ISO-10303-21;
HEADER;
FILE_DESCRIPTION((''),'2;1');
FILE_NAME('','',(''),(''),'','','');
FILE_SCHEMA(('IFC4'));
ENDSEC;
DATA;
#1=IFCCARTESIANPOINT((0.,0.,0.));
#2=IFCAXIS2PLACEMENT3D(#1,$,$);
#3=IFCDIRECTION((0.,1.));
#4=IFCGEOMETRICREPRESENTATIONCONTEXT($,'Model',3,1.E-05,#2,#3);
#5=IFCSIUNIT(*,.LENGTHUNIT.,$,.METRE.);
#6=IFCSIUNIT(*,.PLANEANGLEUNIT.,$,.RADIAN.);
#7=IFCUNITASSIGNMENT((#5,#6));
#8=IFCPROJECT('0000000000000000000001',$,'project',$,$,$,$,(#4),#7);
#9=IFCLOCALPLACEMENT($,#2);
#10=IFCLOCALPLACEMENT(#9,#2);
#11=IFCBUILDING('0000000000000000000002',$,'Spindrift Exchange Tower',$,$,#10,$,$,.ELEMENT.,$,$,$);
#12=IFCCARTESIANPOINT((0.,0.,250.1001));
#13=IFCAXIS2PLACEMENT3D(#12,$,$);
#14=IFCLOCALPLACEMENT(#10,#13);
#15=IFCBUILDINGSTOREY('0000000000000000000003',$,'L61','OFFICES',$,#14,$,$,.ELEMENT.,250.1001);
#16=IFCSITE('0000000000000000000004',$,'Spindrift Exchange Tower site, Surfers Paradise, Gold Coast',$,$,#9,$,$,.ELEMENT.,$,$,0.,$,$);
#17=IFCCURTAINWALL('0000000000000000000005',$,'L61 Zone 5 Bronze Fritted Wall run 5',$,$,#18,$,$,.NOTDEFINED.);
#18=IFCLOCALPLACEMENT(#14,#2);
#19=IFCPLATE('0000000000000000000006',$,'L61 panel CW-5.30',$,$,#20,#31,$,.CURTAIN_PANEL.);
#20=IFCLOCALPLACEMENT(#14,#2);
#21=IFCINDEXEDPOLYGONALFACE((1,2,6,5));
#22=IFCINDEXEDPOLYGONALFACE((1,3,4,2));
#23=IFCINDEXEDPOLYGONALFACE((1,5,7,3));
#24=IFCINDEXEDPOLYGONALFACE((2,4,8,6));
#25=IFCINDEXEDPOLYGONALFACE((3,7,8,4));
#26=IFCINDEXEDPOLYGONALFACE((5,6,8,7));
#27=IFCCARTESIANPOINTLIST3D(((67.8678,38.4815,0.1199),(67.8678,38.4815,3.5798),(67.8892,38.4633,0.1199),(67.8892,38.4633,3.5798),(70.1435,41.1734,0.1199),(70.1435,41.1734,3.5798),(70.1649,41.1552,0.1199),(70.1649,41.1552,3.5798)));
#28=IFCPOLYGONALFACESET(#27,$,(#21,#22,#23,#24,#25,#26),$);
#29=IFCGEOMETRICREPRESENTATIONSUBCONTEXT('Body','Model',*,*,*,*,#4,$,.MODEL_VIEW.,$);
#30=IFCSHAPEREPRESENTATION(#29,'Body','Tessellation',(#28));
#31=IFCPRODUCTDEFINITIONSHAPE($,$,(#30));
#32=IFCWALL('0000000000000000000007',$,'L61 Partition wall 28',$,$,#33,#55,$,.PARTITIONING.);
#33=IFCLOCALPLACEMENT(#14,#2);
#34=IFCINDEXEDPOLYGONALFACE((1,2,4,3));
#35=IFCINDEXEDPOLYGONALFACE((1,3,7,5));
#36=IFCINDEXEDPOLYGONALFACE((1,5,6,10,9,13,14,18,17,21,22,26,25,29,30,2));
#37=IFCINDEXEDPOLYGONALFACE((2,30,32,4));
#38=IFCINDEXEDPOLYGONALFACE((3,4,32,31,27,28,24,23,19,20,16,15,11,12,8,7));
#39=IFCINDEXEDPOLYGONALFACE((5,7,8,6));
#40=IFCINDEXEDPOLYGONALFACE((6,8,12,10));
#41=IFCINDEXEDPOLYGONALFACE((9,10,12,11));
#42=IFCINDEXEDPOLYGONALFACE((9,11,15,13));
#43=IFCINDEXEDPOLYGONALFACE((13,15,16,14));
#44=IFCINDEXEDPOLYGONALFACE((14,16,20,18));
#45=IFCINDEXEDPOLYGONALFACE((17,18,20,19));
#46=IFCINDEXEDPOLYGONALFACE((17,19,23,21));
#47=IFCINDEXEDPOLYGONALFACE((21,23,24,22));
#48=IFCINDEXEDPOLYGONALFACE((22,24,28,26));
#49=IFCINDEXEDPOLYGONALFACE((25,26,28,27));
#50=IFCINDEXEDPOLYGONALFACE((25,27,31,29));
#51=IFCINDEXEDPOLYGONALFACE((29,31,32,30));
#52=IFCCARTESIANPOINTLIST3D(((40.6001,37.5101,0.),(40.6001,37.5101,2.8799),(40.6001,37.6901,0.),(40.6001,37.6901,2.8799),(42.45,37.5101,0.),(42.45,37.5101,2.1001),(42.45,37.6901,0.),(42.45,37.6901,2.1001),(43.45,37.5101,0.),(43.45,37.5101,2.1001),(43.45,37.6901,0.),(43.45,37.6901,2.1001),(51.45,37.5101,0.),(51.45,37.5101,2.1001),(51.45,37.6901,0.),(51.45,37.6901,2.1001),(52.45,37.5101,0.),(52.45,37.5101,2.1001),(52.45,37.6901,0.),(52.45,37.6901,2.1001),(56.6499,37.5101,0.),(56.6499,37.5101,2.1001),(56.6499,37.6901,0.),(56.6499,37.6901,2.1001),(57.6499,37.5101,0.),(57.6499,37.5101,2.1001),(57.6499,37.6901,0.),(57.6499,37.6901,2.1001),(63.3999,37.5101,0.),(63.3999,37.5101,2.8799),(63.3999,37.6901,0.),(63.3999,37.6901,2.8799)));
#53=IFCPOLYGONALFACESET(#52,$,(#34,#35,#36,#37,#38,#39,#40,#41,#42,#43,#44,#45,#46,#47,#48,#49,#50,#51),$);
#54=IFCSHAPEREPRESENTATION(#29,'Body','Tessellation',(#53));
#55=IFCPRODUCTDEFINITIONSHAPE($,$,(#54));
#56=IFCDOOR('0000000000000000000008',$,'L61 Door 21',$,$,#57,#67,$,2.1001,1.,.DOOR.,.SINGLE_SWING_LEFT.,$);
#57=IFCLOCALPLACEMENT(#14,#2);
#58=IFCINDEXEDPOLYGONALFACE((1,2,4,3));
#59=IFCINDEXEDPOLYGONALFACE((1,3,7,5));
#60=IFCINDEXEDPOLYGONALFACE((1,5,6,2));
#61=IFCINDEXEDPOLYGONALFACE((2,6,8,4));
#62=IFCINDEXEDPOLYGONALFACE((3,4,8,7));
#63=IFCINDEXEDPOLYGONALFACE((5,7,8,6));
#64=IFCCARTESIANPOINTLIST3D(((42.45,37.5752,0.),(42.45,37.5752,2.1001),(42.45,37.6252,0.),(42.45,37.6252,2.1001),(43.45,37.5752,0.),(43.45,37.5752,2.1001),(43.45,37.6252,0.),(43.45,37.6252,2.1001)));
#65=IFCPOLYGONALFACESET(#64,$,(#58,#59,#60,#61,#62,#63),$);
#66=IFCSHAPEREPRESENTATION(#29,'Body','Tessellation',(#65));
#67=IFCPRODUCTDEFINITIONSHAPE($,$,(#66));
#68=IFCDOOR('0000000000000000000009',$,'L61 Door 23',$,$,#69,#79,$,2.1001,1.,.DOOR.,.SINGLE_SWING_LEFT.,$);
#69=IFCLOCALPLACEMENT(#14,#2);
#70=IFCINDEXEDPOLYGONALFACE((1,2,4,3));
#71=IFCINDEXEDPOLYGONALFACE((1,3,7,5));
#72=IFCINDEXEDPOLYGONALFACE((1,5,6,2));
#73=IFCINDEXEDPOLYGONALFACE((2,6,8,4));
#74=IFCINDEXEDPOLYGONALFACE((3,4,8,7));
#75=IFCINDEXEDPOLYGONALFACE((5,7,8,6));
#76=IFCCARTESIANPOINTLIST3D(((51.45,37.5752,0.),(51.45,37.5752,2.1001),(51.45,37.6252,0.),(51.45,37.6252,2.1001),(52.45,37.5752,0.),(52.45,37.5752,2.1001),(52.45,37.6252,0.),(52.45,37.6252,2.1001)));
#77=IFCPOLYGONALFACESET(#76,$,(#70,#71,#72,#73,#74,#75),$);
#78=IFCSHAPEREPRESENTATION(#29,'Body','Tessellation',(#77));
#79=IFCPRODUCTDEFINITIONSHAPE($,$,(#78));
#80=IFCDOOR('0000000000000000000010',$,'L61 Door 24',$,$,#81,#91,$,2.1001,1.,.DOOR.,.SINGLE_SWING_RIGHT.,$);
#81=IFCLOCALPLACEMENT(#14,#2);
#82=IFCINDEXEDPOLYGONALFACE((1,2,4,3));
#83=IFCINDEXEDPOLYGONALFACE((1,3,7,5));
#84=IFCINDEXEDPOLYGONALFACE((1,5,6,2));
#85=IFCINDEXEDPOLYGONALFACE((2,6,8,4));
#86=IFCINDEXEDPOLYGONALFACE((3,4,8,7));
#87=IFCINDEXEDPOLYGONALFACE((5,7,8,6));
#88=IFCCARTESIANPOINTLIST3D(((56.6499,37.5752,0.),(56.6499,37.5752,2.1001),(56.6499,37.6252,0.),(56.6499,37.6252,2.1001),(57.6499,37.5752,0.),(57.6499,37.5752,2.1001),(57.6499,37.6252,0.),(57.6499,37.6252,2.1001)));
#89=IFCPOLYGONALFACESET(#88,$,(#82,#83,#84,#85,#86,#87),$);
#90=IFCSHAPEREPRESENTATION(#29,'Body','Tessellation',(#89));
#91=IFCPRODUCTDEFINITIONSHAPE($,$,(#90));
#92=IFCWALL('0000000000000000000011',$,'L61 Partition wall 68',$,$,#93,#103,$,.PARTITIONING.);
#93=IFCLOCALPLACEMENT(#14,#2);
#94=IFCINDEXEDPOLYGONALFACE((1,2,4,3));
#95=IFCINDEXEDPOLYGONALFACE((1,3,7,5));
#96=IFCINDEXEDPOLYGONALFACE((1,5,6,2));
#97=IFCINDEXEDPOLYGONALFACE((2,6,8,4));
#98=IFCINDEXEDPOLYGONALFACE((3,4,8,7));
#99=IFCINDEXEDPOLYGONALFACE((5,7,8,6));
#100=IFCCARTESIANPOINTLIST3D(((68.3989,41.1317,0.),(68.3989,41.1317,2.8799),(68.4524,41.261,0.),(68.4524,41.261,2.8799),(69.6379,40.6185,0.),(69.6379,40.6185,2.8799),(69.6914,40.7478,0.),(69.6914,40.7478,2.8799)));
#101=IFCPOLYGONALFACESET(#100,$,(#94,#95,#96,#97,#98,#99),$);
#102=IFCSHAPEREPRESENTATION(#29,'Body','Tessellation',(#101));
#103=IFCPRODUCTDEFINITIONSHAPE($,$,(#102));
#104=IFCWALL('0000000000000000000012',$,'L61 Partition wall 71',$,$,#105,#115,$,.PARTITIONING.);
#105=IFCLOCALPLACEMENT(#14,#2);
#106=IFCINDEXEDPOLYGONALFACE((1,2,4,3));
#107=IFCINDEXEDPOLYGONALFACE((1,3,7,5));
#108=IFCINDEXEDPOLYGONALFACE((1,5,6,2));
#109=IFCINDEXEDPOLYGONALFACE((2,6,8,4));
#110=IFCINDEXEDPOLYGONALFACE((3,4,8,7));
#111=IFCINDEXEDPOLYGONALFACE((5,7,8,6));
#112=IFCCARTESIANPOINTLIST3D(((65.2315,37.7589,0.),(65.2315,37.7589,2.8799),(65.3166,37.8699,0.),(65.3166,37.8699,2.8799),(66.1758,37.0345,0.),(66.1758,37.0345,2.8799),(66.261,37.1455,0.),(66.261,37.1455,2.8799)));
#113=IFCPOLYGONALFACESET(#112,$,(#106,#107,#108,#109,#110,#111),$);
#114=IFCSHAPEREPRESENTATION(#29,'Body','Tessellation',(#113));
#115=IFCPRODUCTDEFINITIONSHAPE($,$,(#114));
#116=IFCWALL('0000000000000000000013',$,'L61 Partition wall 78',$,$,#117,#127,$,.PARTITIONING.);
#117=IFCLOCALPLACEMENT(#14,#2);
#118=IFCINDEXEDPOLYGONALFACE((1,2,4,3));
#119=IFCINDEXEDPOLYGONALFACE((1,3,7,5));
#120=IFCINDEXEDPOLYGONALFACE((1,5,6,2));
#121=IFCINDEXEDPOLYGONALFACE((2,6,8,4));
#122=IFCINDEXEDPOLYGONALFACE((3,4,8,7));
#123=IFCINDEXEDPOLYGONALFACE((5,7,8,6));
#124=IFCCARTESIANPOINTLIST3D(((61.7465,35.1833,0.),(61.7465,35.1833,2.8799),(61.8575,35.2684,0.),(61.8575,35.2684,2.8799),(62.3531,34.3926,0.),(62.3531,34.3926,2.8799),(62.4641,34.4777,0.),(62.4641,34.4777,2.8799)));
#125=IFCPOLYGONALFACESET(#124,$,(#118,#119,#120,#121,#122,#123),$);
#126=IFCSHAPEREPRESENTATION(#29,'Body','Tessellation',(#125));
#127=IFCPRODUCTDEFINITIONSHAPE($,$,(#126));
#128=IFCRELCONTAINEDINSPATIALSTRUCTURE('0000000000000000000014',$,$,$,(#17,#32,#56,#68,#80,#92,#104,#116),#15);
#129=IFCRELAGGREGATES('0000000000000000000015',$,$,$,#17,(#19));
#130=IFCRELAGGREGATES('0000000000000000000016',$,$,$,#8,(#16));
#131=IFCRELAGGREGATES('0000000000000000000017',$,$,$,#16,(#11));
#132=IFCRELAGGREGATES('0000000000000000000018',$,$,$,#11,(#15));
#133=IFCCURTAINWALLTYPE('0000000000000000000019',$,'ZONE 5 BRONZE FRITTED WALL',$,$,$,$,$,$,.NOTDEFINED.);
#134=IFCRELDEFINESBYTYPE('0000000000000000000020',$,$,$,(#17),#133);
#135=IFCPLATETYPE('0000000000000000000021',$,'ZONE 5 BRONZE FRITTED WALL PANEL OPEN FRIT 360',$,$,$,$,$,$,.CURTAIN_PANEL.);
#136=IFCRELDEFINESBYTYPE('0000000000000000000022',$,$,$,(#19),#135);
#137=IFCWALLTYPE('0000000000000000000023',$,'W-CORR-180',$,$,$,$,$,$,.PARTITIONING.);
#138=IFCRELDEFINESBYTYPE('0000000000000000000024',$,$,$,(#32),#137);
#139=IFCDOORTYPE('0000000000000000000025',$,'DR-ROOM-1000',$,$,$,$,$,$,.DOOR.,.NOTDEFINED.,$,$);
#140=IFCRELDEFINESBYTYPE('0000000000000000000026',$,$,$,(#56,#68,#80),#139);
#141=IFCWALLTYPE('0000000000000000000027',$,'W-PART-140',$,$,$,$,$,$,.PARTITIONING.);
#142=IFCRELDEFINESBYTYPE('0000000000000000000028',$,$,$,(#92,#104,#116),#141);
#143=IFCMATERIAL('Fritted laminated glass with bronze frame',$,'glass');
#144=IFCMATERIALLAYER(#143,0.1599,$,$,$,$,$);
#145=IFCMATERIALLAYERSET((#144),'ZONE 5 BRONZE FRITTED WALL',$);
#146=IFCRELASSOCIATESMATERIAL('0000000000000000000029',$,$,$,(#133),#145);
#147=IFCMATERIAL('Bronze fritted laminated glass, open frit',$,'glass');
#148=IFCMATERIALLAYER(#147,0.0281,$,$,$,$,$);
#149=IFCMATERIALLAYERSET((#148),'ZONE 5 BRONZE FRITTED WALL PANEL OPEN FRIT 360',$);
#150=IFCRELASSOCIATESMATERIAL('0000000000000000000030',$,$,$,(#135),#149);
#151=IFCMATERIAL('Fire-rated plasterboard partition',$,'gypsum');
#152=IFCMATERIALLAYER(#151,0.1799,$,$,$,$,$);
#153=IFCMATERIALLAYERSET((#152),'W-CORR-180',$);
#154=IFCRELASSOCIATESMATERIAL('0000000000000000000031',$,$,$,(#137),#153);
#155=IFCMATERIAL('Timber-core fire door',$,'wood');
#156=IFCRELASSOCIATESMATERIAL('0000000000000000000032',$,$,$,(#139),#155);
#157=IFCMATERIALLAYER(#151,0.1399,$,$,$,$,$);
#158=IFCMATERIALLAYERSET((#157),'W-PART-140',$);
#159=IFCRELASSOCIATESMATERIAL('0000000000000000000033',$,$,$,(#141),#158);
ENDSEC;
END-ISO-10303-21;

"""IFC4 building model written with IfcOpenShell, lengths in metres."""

from ifc_helpers import new_model, si_unit, direction, frame, frame_2d, origin, origin_2d, place, context, subcontext, project, spatial, rectangle, extrude, source, transform, mapped, material, layer, layer_set, type_object, element, fill, aggregate, save


model = new_model("IFC4")

# Units and contexts
model_context = context("Model", 3, precision=1e-05, world=origin(), true_north=direction((0.0, 1.0)))
body_context = subcontext(model_context, "Body", "Model", "MODEL_VIEW")
ifc_project = project(units=[si_unit("LENGTHUNIT", "METRE"), si_unit("PLANEANGLEUNIT", "RADIAN")], contexts=[model_context])

# Site, building, storey
site_placement = place(None, origin())
site = spatial("IfcSite", under=ifc_project, at=site_placement, Name="Spindrift Exchange Tower site, Surfers Paradise, Gold Coast", CompositionType="ELEMENT", RefElevation=0.0)
building_placement = place(site_placement, origin())
building = spatial("IfcBuilding", under=site, at=building_placement, Name="Spindrift Exchange Tower", CompositionType="ELEMENT")
storey_placement = place(building_placement, frame((0.0, 0.0, 250.1001)))
storey = spatial("IfcBuildingStorey", under=building, at=storey_placement, Name="L61", Description="OFFICES", CompositionType="ELEMENT", Elevation=250.1001)

# Curtain wall
ifc_material_1 = material(Name="Fritted laminated glass with bronze frame", Category="glass")
ifc_layer_1 = layer(ifc_material_1, 0.1599)
ifc_layer_set_1 = layer_set([ifc_layer_1], Name="ZONE 5 BRONZE FRITTED WALL")
curtain_wall_type = type_object("IfcCurtainWallType", Name="ZONE 5 BRONZE FRITTED WALL", PredefinedType="NOTDEFINED", material=ifc_layer_set_1)
curtain_wall_1_placement = place(storey_placement, origin())
curtain_wall_1 = element("IfcCurtainWall", 1, at=curtain_wall_1_placement, inside=storey, type_object=curtain_wall_type, Name="L61 Zone 5 Bronze Fritted Wall run 5", PredefinedType="NOTDEFINED")

# Plate
ifc_material_2 = material(Name="Bronze fritted laminated glass, open frit", Category="glass")
ifc_layer_2 = layer(ifc_material_2, 0.0281)
ifc_layer_set_2 = layer_set([ifc_layer_2], Name="ZONE 5 BRONZE FRITTED WALL PANEL OPEN FRIT 360")
plate_type_1 = type_object("IfcPlateType", Name="ZONE 5 BRONZE FRITTED WALL PANEL OPEN FRIT 360", PredefinedType="CURTAIN_PANEL", material=ifc_layer_set_2)
shared_shape_1 = source(origin(), body_context, "Body", "SweptSolid", [
    extrude(rectangle(XDim=3.5249, YDim=0.0281, at=origin_2d()), origin(), (0.0, 0.0, 1.0), 3.46),
])
plate_1_placement = place(storey_placement, frame((69.0164, 39.8184, 0.1199), z_axis=(0.0, 0.0, 1.0), x_axis=(0.645596, 0.763679, 0.0)))
plate_1 = element("IfcPlate", 2, at=plate_1_placement, type_object=plate_type_1, Name="L61 panel CW-5.30", PredefinedType="CURTAIN_PANEL", context=body_context, shape_type="MappedRepresentation", body=[
    mapped(shared_shape_1, transform((0.0, 0.0, 0.0), scale=1.0)),
])
aggregate(curtain_wall_1, [plate_1])

# Wall, openings, doors
ifc_material_3 = material(Name="Fire-rated plasterboard partition", Category="gypsum")
ifc_layer_3 = layer(ifc_material_3, 0.1799)
ifc_layer_set_3 = layer_set([ifc_layer_3], Name="W-CORR-180")
wall_type_1 = type_object("IfcWallType", Name="W-CORR-180", PredefinedType="PARTITIONING", material=ifc_layer_set_3)
wall_1_placement = place(storey_placement, frame((63.3999, 37.6001, 0.0), z_axis=(0.0, 0.0, 1.0), x_axis=(-1.0, 0.0, 0.0)))
wall_1 = element("IfcWall", 3, at=wall_1_placement, inside=storey, type_object=wall_type_1, Name="L61 Partition wall 28", PredefinedType="PARTITIONING", context=body_context, shape_type="SweptSolid", body=[
    extrude(rectangle(XDim=22.7998, YDim=0.1799, at=frame_2d((11.3999, 0.0))), origin(), (0.0, 0.0, 1.0), 2.8799),
])
opening_1_placement = place(wall_1_placement, frame((19.95, 0.0, 0.0)))
opening_1 = element("IfcOpeningElement", 4, at=opening_1_placement, cuts=wall_1, PredefinedType="OPENING", context=body_context, shape_type="SweptSolid", body=[
    extrude(rectangle(XDim=1.0, YDim=2.1001, at=frame_2d((0.5, 1.05))), frame((0.0, 0.0999, 0.0), z_axis=(0.0, -1.0, 0.0), x_axis=(1.0, 0.0, 0.0)), (0.0, 0.0, 1.0), 0.2),
])
opening_2_placement = place(wall_1_placement, frame((10.95, 0.0, 0.0)))
opening_2 = element("IfcOpeningElement", 5, at=opening_2_placement, cuts=wall_1, PredefinedType="OPENING", context=body_context, shape_type="SweptSolid", body=[
    extrude(rectangle(XDim=1.0, YDim=2.1001, at=frame_2d((0.5, 1.05))), frame((0.0, 0.0999, 0.0), z_axis=(0.0, -1.0, 0.0), x_axis=(1.0, 0.0, 0.0)), (0.0, 0.0, 1.0), 0.2),
])
opening_3_placement = place(wall_1_placement, frame((5.75, 0.0, 0.0)))
opening_3 = element("IfcOpeningElement", 6, at=opening_3_placement, cuts=wall_1, PredefinedType="OPENING", context=body_context, shape_type="SweptSolid", body=[
    extrude(rectangle(XDim=1.0, YDim=2.1001, at=frame_2d((0.5, 1.05))), frame((0.0, 0.0999, 0.0), z_axis=(0.0, -1.0, 0.0), x_axis=(1.0, 0.0, 0.0)), (0.0, 0.0, 1.0), 0.2),
])
ifc_material_4 = material(Name="Timber-core fire door", Category="wood")
door_type = type_object("IfcDoorType", Name="DR-ROOM-1000", OperationType="NOTDEFINED", PredefinedType="DOOR", material=ifc_material_4)
shared_shape_2 = source(origin(), body_context, "Body", "SweptSolid", [
    extrude(rectangle(XDim=1.0, YDim=2.1001, at=frame_2d((0.5, 1.05))), frame((0.0, 0.0249, 0.0), z_axis=(0.0, -1.0, 0.0), x_axis=(1.0, 0.0, 0.0)), (0.0, 0.0, 1.0), 0.05),
])
door_1_placement = place(opening_1_placement, origin())
door_1 = element("IfcDoor", 7, at=door_1_placement, inside=storey, type_object=door_type, Name="L61 Door 21", OperationType="SINGLE_SWING_LEFT", OverallHeight=2.1001, OverallWidth=1.0, PredefinedType="DOOR", context=body_context, shape_type="MappedRepresentation", body=[
    mapped(shared_shape_2, transform((0.0, 0.0, 0.0), scale=1.0)),
])
fill(opening_1, door_1)
door_2_placement = place(opening_2_placement, origin())
door_2 = element("IfcDoor", 8, at=door_2_placement, inside=storey, type_object=door_type, Name="L61 Door 23", OperationType="SINGLE_SWING_LEFT", OverallHeight=2.1001, OverallWidth=1.0, PredefinedType="DOOR", context=body_context, shape_type="MappedRepresentation", body=[
    mapped(shared_shape_2, transform((0.0, 0.0, 0.0), scale=1.0)),
])
fill(opening_2, door_2)
door_3_placement = place(opening_3_placement, origin())
door_3 = element("IfcDoor", 9, at=door_3_placement, inside=storey, type_object=door_type, Name="L61 Door 24", OperationType="SINGLE_SWING_RIGHT", OverallHeight=2.1001, OverallWidth=1.0, PredefinedType="DOOR", context=body_context, shape_type="MappedRepresentation", body=[
    mapped(shared_shape_2, transform((0.0, 0.0, 0.0), scale=1.0)),
])
fill(opening_3, door_3)

# Walls
ifc_layer_4 = layer(ifc_material_3, 0.1399)
ifc_layer_set_4 = layer_set([ifc_layer_4], Name="W-PART-140")
wall_type_2 = type_object("IfcWallType", Name="W-PART-140", PredefinedType="PARTITIONING", material=ifc_layer_set_4)
wall_2_placement = place(storey_placement, frame((68.4258, 41.1963, 0.0), z_axis=(0.0, 0.0, 1.0), x_axis=(0.923888, -0.382663, 0.0)))
element("IfcWall", 10, at=wall_2_placement, inside=storey, type_object=wall_type_2, Name="L61 Partition wall 68", PredefinedType="PARTITIONING", context=body_context, shape_type="SweptSolid", body=[
    extrude(rectangle(XDim=1.3411, YDim=0.1399, at=frame_2d((0.6704, 0.0))), origin(), (0.0, 0.0, 1.0), 2.8799),
])
wall_3_placement = place(storey_placement, frame((65.2739, 37.8145, 0.0), z_axis=(0.0, 0.0, 1.0), x_axis=(0.793454, -0.60863, 0.0)))
element("IfcWall", 11, at=wall_3_placement, inside=storey, type_object=wall_type_2, Name="L61 Partition wall 71", PredefinedType="PARTITIONING", context=body_context, shape_type="SweptSolid", body=[
    extrude(rectangle(XDim=1.1902, YDim=0.1399, at=frame_2d((0.5952, 0.0))), origin(), (0.0, 0.0, 1.0), 2.8799),
])
wall_4_placement = place(storey_placement, frame((61.802, 35.2258, 0.0), z_axis=(0.0, 0.0, 1.0), x_axis=(0.608704, -0.793397, 0.0)))
element("IfcWall", 12, at=wall_4_placement, inside=storey, type_object=wall_type_2, Name="L61 Partition wall 78", PredefinedType="PARTITIONING", context=body_context, shape_type="SweptSolid", body=[
    extrude(rectangle(XDim=0.9966, YDim=0.1399, at=frame_2d((0.4983, 0.0))), origin(), (0.0, 0.0, 1.0), 2.8799),
])

save(model, "model.ifc")
